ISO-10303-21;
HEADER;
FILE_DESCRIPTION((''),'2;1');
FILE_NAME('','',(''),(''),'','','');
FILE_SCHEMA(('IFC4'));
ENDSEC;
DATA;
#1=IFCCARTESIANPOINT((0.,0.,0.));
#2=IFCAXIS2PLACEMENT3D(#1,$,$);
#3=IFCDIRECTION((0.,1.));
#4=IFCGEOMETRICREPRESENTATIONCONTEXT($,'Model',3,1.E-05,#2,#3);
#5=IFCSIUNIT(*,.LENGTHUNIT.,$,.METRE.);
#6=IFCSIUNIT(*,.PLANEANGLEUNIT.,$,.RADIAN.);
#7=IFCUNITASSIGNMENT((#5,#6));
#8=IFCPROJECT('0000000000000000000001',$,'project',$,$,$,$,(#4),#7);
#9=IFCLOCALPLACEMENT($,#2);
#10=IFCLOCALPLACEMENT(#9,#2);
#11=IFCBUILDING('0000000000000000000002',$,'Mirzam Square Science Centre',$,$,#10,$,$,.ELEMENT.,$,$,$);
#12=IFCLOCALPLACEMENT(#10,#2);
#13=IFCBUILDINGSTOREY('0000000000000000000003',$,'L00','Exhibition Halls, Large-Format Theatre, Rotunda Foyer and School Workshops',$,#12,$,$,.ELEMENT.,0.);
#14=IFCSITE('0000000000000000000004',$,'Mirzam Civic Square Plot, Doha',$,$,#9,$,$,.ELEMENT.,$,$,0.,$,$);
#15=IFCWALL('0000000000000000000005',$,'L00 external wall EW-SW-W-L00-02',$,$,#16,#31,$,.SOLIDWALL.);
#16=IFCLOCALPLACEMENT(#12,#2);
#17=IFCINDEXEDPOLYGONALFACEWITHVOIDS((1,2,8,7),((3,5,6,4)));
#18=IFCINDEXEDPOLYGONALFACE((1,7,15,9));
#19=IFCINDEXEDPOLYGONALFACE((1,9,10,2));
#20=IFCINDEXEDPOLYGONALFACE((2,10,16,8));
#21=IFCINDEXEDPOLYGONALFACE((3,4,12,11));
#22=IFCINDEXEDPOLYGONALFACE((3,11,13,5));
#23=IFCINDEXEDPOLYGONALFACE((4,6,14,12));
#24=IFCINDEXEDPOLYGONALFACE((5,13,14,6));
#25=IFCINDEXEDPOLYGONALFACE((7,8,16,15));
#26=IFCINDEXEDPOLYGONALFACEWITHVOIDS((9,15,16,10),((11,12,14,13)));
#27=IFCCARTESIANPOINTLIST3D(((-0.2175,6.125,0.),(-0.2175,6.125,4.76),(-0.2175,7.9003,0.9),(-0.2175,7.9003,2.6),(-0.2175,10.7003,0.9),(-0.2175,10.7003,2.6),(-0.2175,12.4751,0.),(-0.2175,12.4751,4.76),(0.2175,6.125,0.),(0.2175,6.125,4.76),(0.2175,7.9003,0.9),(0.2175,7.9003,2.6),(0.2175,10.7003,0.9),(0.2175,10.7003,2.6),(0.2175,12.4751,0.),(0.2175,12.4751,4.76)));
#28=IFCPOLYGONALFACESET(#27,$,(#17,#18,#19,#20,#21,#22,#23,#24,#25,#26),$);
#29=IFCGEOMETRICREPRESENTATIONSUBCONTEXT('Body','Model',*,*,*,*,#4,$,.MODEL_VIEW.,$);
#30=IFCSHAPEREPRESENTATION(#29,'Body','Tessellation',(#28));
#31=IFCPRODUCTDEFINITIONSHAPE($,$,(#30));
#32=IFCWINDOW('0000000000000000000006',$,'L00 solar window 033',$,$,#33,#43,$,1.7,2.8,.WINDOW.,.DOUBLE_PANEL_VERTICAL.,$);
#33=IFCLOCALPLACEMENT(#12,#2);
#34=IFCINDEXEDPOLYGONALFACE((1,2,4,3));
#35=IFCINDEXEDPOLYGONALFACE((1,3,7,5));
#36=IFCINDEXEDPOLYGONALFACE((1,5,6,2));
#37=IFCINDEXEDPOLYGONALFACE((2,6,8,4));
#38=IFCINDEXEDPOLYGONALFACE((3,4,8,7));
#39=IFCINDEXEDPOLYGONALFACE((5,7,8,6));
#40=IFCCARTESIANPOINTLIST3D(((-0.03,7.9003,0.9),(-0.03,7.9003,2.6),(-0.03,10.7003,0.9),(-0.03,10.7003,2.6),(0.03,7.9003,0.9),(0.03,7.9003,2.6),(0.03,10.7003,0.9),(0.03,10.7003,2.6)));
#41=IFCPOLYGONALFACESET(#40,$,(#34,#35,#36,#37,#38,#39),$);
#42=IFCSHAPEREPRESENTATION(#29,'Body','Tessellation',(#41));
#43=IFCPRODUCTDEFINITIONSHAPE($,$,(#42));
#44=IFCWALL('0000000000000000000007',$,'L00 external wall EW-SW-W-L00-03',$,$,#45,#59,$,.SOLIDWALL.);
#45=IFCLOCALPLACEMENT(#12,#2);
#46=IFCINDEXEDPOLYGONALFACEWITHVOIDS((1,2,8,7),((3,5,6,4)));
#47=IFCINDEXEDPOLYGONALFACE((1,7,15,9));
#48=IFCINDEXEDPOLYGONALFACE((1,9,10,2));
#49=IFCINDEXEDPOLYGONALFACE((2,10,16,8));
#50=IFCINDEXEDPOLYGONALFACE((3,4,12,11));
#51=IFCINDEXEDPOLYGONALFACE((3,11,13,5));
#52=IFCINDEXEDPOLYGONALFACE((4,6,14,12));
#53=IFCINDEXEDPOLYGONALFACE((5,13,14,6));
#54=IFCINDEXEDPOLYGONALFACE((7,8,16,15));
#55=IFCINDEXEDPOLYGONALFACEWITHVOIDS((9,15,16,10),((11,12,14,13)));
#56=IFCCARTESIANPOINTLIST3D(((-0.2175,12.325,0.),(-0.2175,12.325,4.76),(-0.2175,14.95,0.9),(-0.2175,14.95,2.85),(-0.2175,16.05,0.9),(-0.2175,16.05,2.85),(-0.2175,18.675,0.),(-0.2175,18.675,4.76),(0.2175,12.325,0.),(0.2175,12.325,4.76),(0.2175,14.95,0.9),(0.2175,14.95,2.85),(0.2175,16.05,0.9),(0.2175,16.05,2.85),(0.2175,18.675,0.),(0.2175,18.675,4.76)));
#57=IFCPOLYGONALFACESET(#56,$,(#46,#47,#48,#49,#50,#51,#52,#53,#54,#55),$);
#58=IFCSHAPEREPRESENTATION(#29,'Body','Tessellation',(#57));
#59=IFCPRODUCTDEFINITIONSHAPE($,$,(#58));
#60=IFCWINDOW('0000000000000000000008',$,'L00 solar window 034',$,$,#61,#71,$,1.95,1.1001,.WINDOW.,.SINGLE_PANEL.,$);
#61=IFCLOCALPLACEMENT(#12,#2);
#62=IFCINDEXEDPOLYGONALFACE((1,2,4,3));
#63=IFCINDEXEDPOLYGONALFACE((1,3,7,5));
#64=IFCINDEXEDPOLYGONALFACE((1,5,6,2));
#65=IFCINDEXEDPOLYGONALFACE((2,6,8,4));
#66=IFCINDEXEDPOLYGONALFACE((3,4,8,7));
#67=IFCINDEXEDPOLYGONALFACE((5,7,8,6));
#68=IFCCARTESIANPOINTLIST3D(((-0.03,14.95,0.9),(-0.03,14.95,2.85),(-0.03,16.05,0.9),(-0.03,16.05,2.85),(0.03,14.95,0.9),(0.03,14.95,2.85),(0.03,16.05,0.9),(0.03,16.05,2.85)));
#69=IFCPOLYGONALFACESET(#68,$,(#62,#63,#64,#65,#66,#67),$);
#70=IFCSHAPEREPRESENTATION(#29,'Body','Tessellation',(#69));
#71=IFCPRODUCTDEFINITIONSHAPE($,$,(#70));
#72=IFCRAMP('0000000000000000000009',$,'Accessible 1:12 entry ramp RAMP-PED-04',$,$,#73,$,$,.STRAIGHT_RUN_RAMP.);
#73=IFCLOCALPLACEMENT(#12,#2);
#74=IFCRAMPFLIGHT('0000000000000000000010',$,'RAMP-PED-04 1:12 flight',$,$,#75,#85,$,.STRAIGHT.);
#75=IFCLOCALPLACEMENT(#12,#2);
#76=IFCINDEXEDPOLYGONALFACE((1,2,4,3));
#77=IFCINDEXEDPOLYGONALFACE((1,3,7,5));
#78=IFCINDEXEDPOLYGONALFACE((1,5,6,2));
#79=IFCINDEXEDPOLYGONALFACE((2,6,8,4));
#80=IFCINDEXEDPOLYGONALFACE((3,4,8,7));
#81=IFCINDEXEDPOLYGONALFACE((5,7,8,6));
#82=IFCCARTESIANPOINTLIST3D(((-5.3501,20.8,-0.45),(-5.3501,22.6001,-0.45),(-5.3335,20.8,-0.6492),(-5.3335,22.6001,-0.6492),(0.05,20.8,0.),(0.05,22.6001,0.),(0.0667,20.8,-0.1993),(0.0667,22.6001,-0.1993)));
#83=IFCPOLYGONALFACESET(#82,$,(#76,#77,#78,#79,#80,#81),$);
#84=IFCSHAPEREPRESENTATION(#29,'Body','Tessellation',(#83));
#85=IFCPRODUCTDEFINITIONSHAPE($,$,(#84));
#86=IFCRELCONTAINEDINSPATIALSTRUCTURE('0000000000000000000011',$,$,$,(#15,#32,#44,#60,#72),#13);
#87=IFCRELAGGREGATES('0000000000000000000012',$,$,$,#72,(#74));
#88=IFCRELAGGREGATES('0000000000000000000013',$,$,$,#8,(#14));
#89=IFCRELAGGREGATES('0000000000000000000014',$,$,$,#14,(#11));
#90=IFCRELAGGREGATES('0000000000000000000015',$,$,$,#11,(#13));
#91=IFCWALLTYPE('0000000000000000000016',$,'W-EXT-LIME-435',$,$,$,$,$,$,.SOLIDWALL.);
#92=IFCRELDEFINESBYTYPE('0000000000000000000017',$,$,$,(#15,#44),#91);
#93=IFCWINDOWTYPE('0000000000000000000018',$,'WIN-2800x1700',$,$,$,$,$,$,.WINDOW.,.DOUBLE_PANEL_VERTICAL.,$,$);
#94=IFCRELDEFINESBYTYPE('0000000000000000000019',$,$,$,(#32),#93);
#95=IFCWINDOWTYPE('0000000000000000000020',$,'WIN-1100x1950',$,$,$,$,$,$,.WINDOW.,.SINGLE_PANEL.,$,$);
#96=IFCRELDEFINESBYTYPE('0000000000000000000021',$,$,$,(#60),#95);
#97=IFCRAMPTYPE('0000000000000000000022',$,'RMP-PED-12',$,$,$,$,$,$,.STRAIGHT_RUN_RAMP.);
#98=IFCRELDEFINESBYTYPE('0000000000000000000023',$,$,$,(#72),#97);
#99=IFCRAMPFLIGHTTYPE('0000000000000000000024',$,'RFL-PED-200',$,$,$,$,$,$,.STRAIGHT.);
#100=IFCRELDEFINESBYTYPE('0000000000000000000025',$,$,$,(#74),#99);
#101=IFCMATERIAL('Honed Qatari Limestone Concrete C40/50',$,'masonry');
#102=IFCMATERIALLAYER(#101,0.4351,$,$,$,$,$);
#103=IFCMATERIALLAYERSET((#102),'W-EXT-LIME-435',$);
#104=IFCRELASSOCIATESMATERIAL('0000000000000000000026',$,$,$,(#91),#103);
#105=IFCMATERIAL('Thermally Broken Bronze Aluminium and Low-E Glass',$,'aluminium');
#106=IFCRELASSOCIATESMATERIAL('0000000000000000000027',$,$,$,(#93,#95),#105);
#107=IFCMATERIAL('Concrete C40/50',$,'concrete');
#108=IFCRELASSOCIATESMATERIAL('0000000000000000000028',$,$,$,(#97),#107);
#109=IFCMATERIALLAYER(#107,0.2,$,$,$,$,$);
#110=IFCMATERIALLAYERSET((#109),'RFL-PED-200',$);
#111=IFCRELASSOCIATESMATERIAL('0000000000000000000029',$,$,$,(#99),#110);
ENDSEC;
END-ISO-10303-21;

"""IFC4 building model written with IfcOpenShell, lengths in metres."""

from ifc_helpers import new_model, si_unit, direction, frame, frame_2d, origin, place, context, subcontext, project, spatial, polyline, rectangle, outline, extrude, material, layer, layer_set, type_object, element, fill, aggregate, save


model = new_model("IFC4")

# Units and contexts
model_context = context("Model", 3, precision=1e-05, world=origin(), true_north=direction((0.0, 1.0)))
body_context = subcontext(model_context, "Body", "Model", "MODEL_VIEW")
ifc_project = project(units=[si_unit("LENGTHUNIT", "METRE"), si_unit("PLANEANGLEUNIT", "RADIAN")], contexts=[model_context])

# Site, building, storey
site_placement = place(None, origin())
site = spatial("IfcSite", under=ifc_project, at=site_placement, Name="Mirzam Civic Square Plot, Doha", CompositionType="ELEMENT", RefElevation=0.0)
building_placement = place(site_placement, origin())
building = spatial("IfcBuilding", under=site, at=building_placement, Name="Mirzam Square Science Centre", CompositionType="ELEMENT")
storey_placement = place(building_placement, origin())
storey = spatial("IfcBuildingStorey", under=building, at=storey_placement, Name="L00", Description="Exhibition Halls, Large-Format Theatre, Rotunda Foyer and School Workshops", CompositionType="ELEMENT", Elevation=0.0)

# Walls, openings, windows
ifc_material_1 = material(Name="Honed Qatari Limestone Concrete C40/50", Category="masonry")
ifc_layer_1 = layer(ifc_material_1, 0.4351)
ifc_layer_set_1 = layer_set([ifc_layer_1], Name="W-EXT-LIME-435")
wall_type = type_object("IfcWallType", Name="W-EXT-LIME-435", PredefinedType="SOLIDWALL", material=ifc_layer_set_1)
wall_1_placement = place(storey_placement, frame((0.0, 12.4751, 0.0), z_axis=(0.0, 0.0, 1.0), x_axis=(0.0, -1.0, 0.0)))
wall_1 = element("IfcWall", 1, at=wall_1_placement, inside=storey, type_object=wall_type, Name="L00 external wall EW-SW-W-L00-02", PredefinedType="SOLIDWALL", context=body_context, shape_type="SweptSolid", body=[
    extrude(rectangle(XDim=6.3501, YDim=0.4351, at=frame_2d((3.175, 0.0))), origin(), (0.0, 0.0, 1.0), 4.76),
])
opening_1_placement = place(wall_1_placement, frame((1.7749, 0.0, 0.8999)))
opening_1 = element("IfcOpeningElement", 2, at=opening_1_placement, cuts=wall_1, PredefinedType="OPENING", context=body_context, shape_type="SweptSolid", body=[
    extrude(rectangle(XDim=2.8, YDim=1.7, at=frame_2d((1.3999, 0.8501))), frame((0.0, 0.2275, 0.0), z_axis=(0.0, -1.0, 0.0), x_axis=(1.0, 0.0, 0.0)), (0.0, 0.0, 1.0), 0.4551),
])
ifc_material_2 = material(Name="Thermally Broken Bronze Aluminium and Low-E Glass", Category="aluminium")
window_type_1 = type_object("IfcWindowType", Name="WIN-2800x1700", PartitioningType="DOUBLE_PANEL_VERTICAL", PredefinedType="WINDOW", material=ifc_material_2)
window_1_placement = place(opening_1_placement, origin())
window_1 = element("IfcWindow", 3, at=window_1_placement, inside=storey, type_object=window_type_1, Name="L00 solar window 033", OverallHeight=1.7, OverallWidth=2.8, PartitioningType="DOUBLE_PANEL_VERTICAL", PredefinedType="WINDOW", context=body_context, shape_type="SweptSolid", body=[
    extrude(rectangle(XDim=2.8, YDim=1.7, at=frame_2d((1.3999, 0.8501))), frame((0.0, 0.03, 0.0), z_axis=(0.0, -1.0, 0.0), x_axis=(1.0, 0.0, 0.0)), (0.0, 0.0, 1.0), 0.0601),
])
fill(opening_1, window_1)
wall_2_placement = place(storey_placement, frame((0.0, 18.675, 0.0), z_axis=(0.0, 0.0, 1.0), x_axis=(0.0, -1.0, 0.0)))
wall_2 = element("IfcWall", 4, at=wall_2_placement, inside=storey, type_object=wall_type, Name="L00 external wall EW-SW-W-L00-03", PredefinedType="SOLIDWALL", context=body_context, shape_type="SweptSolid", body=[
    extrude(rectangle(XDim=6.3501, YDim=0.4351, at=frame_2d((3.175, 0.0))), origin(), (0.0, 0.0, 1.0), 4.76),
])
opening_2_placement = place(wall_2_placement, frame((2.625, 0.0, 0.8999)))
opening_2 = element("IfcOpeningElement", 5, at=opening_2_placement, cuts=wall_2, PredefinedType="OPENING", context=body_context, shape_type="SweptSolid", body=[
    extrude(rectangle(XDim=1.1001, YDim=1.95, at=frame_2d((0.55, 0.9751))), frame((0.0, 0.2275, 0.0), z_axis=(0.0, -1.0, 0.0), x_axis=(1.0, 0.0, 0.0)), (0.0, 0.0, 1.0), 0.4551),
])
window_type_2 = type_object("IfcWindowType", Name="WIN-1100x1950", PartitioningType="SINGLE_PANEL", PredefinedType="WINDOW", material=ifc_material_2)
window_2_placement = place(opening_2_placement, origin())
window_2 = element("IfcWindow", 6, at=window_2_placement, inside=storey, type_object=window_type_2, Name="L00 solar window 034", OverallHeight=1.95, OverallWidth=1.1001, PartitioningType="SINGLE_PANEL", PredefinedType="WINDOW", context=body_context, shape_type="SweptSolid", body=[
    extrude(rectangle(XDim=1.1001, YDim=1.95, at=frame_2d((0.55, 0.9751))), frame((0.0, 0.03, 0.0), z_axis=(0.0, -1.0, 0.0), x_axis=(1.0, 0.0, 0.0)), (0.0, 0.0, 1.0), 0.0601),
])
fill(opening_2, window_2)

# Ramp, ramp flight
ifc_material_3 = material(Name="Concrete C40/50", Category="concrete")
ramp_type = type_object("IfcRampType", Name="RMP-PED-12", PredefinedType="STRAIGHT_RUN_RAMP", material=ifc_material_3)
ramp_placement = place(storey_placement, origin())
ramp = element("IfcRamp", 7, at=ramp_placement, inside=storey, type_object=ramp_type, Name="Accessible 1:12 entry ramp RAMP-PED-04", PredefinedType="STRAIGHT_RUN_RAMP")
ifc_layer_2 = layer(ifc_material_3, 0.2)
ifc_layer_set_2 = layer_set([ifc_layer_2], Name="RFL-PED-200")
ramp_flight_type = type_object("IfcRampFlightType", Name="RFL-PED-200", PredefinedType="STRAIGHT", material=ifc_layer_set_2)
ramp_flight_placement = place(storey_placement, frame((-5.3501, 20.8, -0.45), z_axis=(-0.083034, 0.0, 0.996547), x_axis=(0.996547, 0.0, 0.083034)))
ramp_flight = element("IfcRampFlight", 8, at=ramp_flight_placement, type_object=ramp_flight_type, Name="RAMP-PED-04 1:12 flight", PredefinedType="STRAIGHT", context=body_context, shape_type="SweptSolid", body=[
    extrude(outline(polyline([(0.0, 0.0), (5.4189, 0.0), (5.4189, 1.8), (0.0, 1.8), (0.0, 0.0)])), origin(), (0.0, 0.0, -1.0), 0.2),
])
aggregate(ramp, [ramp_flight])

save(model, "model.ifc")
